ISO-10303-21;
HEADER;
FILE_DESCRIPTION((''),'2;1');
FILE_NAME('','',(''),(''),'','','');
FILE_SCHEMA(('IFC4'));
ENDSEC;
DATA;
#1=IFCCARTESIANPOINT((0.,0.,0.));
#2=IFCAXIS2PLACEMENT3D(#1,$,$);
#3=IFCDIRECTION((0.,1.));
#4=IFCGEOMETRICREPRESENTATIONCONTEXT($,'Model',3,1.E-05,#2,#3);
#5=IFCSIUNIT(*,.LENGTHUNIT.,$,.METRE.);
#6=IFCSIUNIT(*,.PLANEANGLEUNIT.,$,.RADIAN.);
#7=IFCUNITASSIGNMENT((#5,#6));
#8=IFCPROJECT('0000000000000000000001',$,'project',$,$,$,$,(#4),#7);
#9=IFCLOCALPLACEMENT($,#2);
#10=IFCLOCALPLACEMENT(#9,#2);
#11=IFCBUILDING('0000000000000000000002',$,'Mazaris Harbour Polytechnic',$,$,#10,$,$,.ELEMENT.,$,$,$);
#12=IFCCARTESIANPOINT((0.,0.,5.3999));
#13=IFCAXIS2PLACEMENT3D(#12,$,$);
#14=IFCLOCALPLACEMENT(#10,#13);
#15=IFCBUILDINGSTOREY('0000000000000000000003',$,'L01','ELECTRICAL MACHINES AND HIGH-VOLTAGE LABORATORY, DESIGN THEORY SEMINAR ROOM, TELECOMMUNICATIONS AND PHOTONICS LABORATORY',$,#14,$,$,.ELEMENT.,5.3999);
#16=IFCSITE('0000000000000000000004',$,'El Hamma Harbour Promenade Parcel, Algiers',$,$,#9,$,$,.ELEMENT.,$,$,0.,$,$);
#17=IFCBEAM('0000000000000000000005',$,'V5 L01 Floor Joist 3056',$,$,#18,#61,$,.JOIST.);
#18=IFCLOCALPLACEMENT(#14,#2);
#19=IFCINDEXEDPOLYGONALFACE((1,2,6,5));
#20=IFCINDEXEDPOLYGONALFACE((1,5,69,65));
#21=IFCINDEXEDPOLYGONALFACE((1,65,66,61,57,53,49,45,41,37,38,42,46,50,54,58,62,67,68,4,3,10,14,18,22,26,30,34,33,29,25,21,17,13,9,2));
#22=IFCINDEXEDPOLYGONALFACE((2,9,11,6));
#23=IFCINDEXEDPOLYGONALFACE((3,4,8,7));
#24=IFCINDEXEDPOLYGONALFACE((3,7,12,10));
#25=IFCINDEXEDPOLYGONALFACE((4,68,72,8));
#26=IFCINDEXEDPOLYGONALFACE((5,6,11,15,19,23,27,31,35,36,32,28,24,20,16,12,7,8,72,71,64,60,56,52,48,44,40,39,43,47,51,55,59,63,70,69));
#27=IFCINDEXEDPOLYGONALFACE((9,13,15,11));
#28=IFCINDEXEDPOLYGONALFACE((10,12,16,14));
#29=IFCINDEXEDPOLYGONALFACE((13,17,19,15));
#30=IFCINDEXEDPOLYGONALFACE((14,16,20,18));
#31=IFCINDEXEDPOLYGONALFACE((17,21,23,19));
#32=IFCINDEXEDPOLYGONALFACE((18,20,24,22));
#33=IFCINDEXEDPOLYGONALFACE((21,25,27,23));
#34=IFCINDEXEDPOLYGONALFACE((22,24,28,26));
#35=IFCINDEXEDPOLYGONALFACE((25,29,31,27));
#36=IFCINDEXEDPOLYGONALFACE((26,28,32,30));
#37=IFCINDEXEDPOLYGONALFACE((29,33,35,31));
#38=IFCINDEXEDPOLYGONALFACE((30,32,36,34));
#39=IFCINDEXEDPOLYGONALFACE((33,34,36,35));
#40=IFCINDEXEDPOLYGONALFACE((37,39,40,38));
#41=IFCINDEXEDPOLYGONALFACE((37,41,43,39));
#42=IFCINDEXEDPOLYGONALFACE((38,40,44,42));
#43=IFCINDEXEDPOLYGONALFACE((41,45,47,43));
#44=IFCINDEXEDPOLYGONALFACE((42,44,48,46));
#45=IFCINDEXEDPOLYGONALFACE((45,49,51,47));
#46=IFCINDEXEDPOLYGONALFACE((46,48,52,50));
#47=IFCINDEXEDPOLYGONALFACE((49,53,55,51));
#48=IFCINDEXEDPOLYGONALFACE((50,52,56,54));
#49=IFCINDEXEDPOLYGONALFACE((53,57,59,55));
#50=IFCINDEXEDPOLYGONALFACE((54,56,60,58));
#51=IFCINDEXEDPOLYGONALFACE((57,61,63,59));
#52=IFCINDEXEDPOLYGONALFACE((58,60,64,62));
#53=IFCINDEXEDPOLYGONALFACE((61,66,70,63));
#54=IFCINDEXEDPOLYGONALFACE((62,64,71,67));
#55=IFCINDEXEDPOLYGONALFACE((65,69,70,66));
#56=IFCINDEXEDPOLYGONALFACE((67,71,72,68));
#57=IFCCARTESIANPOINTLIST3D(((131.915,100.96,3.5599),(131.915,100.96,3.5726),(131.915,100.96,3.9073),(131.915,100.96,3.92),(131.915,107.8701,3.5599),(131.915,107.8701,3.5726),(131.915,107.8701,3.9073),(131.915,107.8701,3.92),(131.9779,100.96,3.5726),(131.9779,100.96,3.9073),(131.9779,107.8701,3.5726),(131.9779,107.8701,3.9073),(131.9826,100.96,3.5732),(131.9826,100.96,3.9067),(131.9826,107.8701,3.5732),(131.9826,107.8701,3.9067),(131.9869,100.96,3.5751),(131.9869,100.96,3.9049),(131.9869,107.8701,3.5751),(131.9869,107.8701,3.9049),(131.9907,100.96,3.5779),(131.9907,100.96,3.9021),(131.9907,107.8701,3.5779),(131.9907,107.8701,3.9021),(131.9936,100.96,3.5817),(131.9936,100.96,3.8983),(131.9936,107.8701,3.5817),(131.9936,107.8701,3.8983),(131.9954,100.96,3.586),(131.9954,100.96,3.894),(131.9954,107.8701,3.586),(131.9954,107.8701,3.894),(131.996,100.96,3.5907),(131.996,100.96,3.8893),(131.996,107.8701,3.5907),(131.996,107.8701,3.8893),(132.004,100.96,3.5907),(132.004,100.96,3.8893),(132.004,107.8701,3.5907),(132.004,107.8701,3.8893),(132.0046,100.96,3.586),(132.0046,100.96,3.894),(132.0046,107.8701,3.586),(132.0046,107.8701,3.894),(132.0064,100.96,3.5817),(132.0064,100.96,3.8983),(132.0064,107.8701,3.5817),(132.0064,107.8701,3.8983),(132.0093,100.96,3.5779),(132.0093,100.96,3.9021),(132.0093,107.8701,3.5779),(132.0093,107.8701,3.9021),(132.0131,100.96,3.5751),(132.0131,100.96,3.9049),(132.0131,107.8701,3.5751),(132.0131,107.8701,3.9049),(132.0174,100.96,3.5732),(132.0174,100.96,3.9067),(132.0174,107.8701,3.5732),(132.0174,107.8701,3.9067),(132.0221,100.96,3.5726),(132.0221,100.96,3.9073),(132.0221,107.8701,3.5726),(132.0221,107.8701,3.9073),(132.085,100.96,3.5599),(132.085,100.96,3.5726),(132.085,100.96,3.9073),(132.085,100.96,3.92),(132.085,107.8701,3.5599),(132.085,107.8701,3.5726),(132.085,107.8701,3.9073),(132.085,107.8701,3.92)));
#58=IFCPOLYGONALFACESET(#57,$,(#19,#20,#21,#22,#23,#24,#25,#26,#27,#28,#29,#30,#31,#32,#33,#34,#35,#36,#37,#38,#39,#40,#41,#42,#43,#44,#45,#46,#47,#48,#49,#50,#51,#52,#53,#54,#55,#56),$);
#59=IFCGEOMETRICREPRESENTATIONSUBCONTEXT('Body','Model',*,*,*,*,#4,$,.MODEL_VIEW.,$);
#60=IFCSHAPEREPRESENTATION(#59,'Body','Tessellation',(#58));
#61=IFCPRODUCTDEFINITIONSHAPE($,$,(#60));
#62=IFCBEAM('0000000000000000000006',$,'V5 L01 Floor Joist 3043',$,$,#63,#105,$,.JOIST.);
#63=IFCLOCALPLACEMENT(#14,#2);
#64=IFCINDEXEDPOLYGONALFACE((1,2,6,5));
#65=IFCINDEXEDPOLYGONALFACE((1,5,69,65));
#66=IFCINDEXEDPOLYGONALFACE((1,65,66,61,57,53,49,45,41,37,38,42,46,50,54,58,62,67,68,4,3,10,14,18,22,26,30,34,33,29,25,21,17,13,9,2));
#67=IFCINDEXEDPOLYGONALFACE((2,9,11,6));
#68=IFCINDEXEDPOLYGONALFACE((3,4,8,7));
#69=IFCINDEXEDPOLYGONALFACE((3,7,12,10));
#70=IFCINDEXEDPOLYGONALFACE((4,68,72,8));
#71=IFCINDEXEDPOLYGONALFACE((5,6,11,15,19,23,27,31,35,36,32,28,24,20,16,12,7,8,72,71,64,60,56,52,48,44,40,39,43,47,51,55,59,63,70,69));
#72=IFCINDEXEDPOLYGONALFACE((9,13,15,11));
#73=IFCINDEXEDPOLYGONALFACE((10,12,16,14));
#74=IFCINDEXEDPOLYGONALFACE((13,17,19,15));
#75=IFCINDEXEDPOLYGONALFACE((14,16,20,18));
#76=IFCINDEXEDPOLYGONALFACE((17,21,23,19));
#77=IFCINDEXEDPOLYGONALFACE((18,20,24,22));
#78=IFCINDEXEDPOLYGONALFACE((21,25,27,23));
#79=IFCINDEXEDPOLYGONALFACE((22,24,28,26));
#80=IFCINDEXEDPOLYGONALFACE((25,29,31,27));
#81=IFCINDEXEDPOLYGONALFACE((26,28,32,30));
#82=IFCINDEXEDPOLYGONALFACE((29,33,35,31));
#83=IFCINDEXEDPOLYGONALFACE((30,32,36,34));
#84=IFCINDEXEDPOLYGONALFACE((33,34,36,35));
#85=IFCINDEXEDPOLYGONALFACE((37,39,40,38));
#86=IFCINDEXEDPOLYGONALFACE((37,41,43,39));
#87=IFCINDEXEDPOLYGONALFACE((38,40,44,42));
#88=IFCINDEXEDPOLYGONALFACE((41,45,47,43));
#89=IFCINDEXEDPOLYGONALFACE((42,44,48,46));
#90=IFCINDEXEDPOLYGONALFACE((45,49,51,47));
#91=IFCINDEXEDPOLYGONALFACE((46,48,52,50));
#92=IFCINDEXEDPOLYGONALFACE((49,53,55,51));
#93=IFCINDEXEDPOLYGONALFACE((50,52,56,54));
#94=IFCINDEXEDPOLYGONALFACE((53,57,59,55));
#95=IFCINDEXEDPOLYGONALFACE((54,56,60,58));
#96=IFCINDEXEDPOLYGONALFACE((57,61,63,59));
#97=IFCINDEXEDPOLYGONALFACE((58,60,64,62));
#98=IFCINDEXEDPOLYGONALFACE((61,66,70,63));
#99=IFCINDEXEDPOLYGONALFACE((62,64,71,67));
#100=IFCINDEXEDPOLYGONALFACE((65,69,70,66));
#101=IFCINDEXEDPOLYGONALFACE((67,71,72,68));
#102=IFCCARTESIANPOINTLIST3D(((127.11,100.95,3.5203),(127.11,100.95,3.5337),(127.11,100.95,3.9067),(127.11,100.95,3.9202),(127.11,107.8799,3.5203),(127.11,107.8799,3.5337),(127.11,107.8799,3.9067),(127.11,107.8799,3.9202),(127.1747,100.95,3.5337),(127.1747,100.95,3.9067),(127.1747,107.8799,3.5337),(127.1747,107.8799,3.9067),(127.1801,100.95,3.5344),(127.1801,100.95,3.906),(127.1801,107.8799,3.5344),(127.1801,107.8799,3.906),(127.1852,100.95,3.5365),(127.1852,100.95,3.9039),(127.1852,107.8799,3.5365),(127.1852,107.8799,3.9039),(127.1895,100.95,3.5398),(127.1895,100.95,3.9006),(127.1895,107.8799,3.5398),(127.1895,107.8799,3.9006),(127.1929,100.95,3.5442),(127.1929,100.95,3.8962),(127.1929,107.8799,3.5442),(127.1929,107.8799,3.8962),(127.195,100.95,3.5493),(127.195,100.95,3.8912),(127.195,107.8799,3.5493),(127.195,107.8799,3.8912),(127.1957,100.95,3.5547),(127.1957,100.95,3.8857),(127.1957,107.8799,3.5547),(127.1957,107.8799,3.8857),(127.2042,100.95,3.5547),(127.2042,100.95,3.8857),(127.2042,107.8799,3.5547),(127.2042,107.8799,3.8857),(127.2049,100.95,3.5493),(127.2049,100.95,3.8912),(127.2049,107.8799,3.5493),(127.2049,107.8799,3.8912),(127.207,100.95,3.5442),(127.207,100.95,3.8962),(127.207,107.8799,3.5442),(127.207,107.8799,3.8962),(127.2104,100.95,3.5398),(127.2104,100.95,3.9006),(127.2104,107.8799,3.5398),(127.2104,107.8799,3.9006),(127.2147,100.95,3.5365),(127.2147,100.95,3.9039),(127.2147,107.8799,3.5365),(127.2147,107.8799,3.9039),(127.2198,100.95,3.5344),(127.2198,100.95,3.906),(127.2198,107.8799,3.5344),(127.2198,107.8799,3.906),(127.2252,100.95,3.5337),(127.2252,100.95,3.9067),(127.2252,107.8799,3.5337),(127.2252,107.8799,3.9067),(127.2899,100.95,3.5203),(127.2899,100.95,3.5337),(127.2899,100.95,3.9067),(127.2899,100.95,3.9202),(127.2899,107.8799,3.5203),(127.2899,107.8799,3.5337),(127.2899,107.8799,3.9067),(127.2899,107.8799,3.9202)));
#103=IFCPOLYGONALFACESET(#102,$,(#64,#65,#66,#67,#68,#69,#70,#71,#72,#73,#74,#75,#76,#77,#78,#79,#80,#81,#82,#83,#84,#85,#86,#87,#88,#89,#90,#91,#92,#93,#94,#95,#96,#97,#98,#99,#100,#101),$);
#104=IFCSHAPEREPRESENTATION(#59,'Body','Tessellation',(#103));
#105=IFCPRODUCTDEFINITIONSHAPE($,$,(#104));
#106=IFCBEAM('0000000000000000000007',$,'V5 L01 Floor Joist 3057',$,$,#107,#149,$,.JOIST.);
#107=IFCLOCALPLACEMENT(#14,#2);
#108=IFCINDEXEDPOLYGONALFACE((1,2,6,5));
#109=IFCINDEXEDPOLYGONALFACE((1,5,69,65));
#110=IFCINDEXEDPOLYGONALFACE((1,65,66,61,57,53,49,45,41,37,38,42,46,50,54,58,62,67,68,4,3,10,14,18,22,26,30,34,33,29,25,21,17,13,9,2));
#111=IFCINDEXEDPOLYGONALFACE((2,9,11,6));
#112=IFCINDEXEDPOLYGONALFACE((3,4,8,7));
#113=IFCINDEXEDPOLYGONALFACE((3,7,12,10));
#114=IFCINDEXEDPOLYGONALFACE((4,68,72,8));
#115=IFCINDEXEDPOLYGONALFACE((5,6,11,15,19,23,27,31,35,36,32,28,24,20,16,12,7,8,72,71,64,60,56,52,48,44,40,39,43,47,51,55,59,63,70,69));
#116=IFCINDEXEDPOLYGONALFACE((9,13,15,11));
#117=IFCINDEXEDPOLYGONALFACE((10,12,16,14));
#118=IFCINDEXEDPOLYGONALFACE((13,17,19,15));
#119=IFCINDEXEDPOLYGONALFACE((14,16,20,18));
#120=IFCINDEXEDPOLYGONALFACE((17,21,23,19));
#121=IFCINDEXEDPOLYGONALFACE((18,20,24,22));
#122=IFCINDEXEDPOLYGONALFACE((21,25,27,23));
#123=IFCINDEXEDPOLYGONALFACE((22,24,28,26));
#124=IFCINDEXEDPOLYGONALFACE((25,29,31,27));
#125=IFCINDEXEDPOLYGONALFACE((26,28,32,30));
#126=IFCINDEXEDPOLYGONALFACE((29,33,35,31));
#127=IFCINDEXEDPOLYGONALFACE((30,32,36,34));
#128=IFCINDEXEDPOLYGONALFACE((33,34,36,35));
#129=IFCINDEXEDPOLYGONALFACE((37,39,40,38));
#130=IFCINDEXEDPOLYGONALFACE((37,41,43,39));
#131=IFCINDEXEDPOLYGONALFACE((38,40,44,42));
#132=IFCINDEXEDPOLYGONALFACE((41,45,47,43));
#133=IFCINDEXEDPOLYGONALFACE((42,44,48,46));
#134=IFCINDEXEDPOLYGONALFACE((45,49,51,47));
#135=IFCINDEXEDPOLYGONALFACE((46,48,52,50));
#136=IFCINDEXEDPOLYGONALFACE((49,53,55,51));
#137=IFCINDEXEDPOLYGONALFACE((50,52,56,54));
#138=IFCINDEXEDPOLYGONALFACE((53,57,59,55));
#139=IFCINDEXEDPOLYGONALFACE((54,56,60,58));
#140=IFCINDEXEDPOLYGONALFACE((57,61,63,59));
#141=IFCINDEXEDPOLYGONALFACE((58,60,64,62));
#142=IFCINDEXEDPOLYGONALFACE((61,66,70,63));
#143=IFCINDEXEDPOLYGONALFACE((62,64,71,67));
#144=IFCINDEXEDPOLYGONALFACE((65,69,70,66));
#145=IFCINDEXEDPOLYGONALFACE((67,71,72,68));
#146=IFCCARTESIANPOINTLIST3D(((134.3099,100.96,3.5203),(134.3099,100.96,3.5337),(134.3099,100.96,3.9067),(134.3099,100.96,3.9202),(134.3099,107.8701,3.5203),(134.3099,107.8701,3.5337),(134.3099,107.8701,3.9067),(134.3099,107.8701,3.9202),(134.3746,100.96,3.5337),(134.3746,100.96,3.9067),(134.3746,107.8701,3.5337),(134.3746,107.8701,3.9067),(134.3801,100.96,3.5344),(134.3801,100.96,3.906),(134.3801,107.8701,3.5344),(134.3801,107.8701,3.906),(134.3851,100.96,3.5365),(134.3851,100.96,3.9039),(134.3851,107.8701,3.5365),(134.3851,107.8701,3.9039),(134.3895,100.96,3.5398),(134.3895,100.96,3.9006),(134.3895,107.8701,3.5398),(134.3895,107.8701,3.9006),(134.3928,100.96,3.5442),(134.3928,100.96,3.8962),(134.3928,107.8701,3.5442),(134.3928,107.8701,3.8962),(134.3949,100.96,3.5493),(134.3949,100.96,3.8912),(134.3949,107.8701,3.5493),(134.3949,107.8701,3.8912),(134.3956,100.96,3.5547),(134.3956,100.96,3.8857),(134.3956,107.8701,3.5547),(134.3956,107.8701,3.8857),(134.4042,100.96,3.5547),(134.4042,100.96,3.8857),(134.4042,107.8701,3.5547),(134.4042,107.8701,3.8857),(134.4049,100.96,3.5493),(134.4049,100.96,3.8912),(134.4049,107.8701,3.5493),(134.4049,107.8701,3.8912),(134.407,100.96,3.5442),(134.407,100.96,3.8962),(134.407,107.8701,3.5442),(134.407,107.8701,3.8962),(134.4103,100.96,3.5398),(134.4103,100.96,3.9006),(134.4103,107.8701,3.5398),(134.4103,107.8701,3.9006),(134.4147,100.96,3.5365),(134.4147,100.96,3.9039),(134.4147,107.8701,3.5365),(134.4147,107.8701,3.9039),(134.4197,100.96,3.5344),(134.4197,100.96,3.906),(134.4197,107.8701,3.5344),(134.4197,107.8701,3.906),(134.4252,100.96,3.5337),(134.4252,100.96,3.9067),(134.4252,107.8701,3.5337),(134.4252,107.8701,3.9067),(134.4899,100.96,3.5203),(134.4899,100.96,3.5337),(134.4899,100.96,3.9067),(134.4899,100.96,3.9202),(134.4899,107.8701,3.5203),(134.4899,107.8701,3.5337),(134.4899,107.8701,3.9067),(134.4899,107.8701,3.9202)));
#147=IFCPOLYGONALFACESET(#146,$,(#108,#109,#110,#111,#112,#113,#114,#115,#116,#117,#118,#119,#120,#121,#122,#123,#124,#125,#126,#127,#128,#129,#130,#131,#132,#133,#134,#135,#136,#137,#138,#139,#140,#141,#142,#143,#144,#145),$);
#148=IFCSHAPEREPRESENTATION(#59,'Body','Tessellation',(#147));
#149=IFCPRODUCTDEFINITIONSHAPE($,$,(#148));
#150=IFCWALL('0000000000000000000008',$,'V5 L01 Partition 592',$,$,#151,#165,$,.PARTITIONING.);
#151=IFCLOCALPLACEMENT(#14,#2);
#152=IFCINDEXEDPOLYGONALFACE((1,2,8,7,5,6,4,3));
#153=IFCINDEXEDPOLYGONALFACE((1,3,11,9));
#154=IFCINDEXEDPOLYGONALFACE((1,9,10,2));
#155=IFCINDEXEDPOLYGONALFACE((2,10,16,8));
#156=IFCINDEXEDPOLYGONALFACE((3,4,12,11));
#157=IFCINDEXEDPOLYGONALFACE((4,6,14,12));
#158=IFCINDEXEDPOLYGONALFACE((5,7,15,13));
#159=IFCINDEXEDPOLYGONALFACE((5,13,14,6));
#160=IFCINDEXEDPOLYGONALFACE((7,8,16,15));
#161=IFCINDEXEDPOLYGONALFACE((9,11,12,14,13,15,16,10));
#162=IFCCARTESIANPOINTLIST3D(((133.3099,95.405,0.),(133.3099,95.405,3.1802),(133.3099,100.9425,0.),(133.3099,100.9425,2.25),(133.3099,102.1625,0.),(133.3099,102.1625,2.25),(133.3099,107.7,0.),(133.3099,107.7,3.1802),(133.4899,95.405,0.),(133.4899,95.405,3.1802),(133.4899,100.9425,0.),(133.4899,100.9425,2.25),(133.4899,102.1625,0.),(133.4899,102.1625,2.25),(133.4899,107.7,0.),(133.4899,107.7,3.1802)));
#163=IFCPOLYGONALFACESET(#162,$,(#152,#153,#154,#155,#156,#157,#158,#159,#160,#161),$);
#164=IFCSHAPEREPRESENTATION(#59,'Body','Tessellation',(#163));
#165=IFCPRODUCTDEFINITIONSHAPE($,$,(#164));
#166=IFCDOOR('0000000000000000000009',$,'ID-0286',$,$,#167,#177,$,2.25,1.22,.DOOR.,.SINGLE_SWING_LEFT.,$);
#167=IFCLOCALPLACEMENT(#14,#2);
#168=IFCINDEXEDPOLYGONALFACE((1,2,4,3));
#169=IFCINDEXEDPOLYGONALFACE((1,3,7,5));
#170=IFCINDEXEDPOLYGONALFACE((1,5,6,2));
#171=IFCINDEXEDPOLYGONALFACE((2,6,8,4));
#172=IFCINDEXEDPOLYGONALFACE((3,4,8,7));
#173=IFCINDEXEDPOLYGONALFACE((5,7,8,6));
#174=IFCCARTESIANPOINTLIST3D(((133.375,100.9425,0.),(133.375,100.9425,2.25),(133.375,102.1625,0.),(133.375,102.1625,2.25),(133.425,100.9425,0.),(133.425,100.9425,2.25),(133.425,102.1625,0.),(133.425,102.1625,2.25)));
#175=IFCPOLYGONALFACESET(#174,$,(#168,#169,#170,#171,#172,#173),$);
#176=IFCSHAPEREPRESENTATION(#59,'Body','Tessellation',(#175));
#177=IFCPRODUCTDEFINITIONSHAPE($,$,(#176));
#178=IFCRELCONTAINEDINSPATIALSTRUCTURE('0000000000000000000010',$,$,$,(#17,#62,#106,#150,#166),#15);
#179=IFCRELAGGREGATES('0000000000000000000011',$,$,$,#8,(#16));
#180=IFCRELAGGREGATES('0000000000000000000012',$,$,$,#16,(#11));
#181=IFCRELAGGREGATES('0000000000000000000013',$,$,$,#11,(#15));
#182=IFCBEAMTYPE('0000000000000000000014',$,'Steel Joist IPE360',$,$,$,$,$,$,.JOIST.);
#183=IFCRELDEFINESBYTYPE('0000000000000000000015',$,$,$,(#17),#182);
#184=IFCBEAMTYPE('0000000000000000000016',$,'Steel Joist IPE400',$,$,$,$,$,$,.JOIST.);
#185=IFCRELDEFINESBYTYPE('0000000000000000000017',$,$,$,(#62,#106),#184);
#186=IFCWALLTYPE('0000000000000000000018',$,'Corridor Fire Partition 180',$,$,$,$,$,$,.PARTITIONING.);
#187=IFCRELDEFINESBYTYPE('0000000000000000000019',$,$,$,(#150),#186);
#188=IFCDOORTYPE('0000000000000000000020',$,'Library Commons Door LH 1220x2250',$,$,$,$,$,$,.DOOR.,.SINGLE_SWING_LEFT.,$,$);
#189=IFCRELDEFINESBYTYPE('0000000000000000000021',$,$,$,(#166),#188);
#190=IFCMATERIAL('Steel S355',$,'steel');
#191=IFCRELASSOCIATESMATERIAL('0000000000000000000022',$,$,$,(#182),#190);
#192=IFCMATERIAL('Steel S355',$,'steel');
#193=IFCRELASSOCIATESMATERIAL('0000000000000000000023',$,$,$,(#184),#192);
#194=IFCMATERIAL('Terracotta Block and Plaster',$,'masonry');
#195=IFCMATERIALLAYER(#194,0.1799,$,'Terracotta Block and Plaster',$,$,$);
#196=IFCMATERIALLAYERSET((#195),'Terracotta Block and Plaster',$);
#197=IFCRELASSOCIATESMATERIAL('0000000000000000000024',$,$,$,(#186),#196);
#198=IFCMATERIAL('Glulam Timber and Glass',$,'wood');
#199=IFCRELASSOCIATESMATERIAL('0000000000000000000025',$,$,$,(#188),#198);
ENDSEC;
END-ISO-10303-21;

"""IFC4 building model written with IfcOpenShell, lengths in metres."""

from ifc_helpers import new_model, si_unit, direction, frame, frame_2d, origin, origin_2d, place, context, subcontext, project, spatial, rectangle, i_section, extrude, material, layer, layer_set, material_profile, profile_set, type_object, element, fill, save


model = new_model("IFC4")

# Units and contexts
model_context = context("Model", 3, precision=1e-05, world=origin(), true_north=direction((0.0, 1.0)))
body_context = subcontext(model_context, "Body", "Model", "MODEL_VIEW")
ifc_project = project(units=[si_unit("LENGTHUNIT", "METRE"), si_unit("PLANEANGLEUNIT", "RADIAN")], contexts=[model_context])

# Site, building, storey
site_placement = place(None, origin())
site = spatial("IfcSite", under=ifc_project, at=site_placement, Name="El Hamma Harbour Promenade Parcel, Algiers", CompositionType="ELEMENT", RefElevation=0.0)
building_placement = place(site_placement, origin())
building = spatial("IfcBuilding", under=site, at=building_placement, Name="Mazaris Harbour Polytechnic", CompositionType="ELEMENT")
storey_placement = place(building_placement, frame((0.0, 0.0, 5.3999)))
storey = spatial("IfcBuildingStorey", under=building, at=storey_placement, Name="L01", Description="ELECTRICAL MACHINES AND HIGH-VOLTAGE LABORATORY, DESIGN THEORY SEMINAR ROOM, TELECOMMUNICATIONS AND PHOTONICS LABORATORY", CompositionType="ELEMENT", Elevation=5.3999)

# Beams
ifc_material_1 = material(Name="Steel S355", Category="steel")
ifc_material_profile_1 = material_profile(ifc_material_1, i_section(OverallWidth=0.1699, OverallDepth=0.3601, WebThickness=0.0081, FlangeThickness=0.0127, FilletRadius=0.0181, at=origin_2d()), Name="IPE 360")
ifc_profile_set_1 = profile_set([ifc_material_profile_1], Name="Steel S355")
beam_type_1 = type_object("IfcBeamType", Name="Steel Joist IPE360", PredefinedType="JOIST", material=ifc_profile_set_1)
beam_1_placement = place(storey_placement, frame((132.0, 100.96, 3.74), z_axis=(0.0, 1.0, 0.0), x_axis=(-1.0, 0.0, 0.0)))
element("IfcBeam", 1, at=beam_1_placement, inside=storey, type_object=beam_type_1, Name="V5 L01 Floor Joist 3056", PredefinedType="JOIST", context=body_context, shape_type="SweptSolid", body=[
    extrude(i_section(OverallWidth=0.1699, OverallDepth=0.3601, WebThickness=0.0081, FlangeThickness=0.0127, FilletRadius=0.0181, at=origin_2d()), origin(), (0.0, 0.0, 1.0), 6.9102),
])
ifc_material_2 = material(Name="Steel S355", Category="steel")
ifc_material_profile_2 = material_profile(ifc_material_2, i_section(OverallWidth=0.1799, OverallDepth=0.3999, WebThickness=0.0085, FlangeThickness=0.0134, FilletRadius=0.021, at=origin_2d()), Name="IPE 400")
ifc_profile_set_2 = profile_set([ifc_material_profile_2], Name="Steel S355")
beam_type_2 = type_object("IfcBeamType", Name="Steel Joist IPE400", PredefinedType="JOIST", material=ifc_profile_set_2)
beam_2_placement = place(storey_placement, frame((127.2, 100.95, 3.7202), z_axis=(0.0, 1.0, 0.0), x_axis=(-1.0, 0.0, 0.0)))
element("IfcBeam", 2, at=beam_2_placement, inside=storey, type_object=beam_type_2, Name="V5 L01 Floor Joist 3043", PredefinedType="JOIST", context=body_context, shape_type="SweptSolid", body=[
    extrude(i_section(OverallWidth=0.1799, OverallDepth=0.3999, WebThickness=0.0085, FlangeThickness=0.0134, FilletRadius=0.021, at=origin_2d()), origin(), (0.0, 0.0, 1.0), 6.9299),
])
beam_3_placement = place(storey_placement, frame((134.3999, 100.96, 3.7202), z_axis=(0.0, 1.0, 0.0), x_axis=(-1.0, 0.0, 0.0)))
element("IfcBeam", 3, at=beam_3_placement, inside=storey, type_object=beam_type_2, Name="V5 L01 Floor Joist 3057", PredefinedType="JOIST", context=body_context, shape_type="SweptSolid", body=[
    extrude(i_section(OverallWidth=0.1799, OverallDepth=0.3999, WebThickness=0.0085, FlangeThickness=0.0134, FilletRadius=0.021, at=origin_2d()), origin(), (0.0, 0.0, 1.0), 6.9102),
])

# Wall, opening, door
ifc_material_3 = material(Name="Terracotta Block and Plaster", Category="masonry")
ifc_layer_1 = layer(ifc_material_3, 0.1799, Name="Terracotta Block and Plaster")
ifc_layer_set_1 = layer_set([ifc_layer_1], Name="Terracotta Block and Plaster")
wall_type_1 = type_object("IfcWallType", Name="Corridor Fire Partition 180", PredefinedType="PARTITIONING", material=ifc_layer_set_1)
wall_1_placement = place(storey_placement, frame((133.3999, 95.405, 0.0), z_axis=(0.0, 0.0, 1.0), x_axis=(0.0, 1.0, 0.0)))
wall_1 = element("IfcWall", 4, at=wall_1_placement, inside=storey, type_object=wall_type_1, Name="V5 L01 Partition 592", PredefinedType="PARTITIONING", context=body_context, shape_type="SweptSolid", body=[
    extrude(rectangle(XDim=12.2949, YDim=0.1799, at=frame_2d((6.1475, 0.0))), origin(), (0.0, 0.0, 1.0), 3.1802),
])
opening_1_placement = place(wall_1_placement, frame((5.5376, 0.0, 0.0)))
opening_1 = element("IfcOpeningElement", 5, at=opening_1_placement, cuts=wall_1, PredefinedType="OPENING", context=body_context, shape_type="SweptSolid", body=[
    extrude(rectangle(XDim=1.22, YDim=2.25, at=frame_2d((0.6099, 1.125))), frame((0.0, 0.0999, 0.0), z_axis=(0.0, -1.0, 0.0), x_axis=(1.0, 0.0, 0.0)), (0.0, 0.0, 1.0), 0.2),
])
ifc_material_4 = material(Name="Glulam Timber and Glass", Category="wood")
door_type_1 = type_object("IfcDoorType", Name="Library Commons Door LH 1220x2250", OperationType="SINGLE_SWING_LEFT", PredefinedType="DOOR", material=ifc_material_4)
door_1_placement = place(opening_1_placement, origin())
door_1 = element("IfcDoor", 6, at=door_1_placement, inside=storey, type_object=door_type_1, Name="ID-0286", OperationType="SINGLE_SWING_LEFT", OverallHeight=2.25, OverallWidth=1.22, PredefinedType="DOOR", context=body_context, shape_type="SweptSolid", body=[
    extrude(rectangle(XDim=1.22, YDim=2.25, at=frame_2d((0.6099, 1.125))), frame((0.0, 0.0249, 0.0), z_axis=(0.0, -1.0, 0.0), x_axis=(1.0, 0.0, 0.0)), (0.0, 0.0, 1.0), 0.05),
])
fill(opening_1, door_1)

save(model, "model.ifc")
